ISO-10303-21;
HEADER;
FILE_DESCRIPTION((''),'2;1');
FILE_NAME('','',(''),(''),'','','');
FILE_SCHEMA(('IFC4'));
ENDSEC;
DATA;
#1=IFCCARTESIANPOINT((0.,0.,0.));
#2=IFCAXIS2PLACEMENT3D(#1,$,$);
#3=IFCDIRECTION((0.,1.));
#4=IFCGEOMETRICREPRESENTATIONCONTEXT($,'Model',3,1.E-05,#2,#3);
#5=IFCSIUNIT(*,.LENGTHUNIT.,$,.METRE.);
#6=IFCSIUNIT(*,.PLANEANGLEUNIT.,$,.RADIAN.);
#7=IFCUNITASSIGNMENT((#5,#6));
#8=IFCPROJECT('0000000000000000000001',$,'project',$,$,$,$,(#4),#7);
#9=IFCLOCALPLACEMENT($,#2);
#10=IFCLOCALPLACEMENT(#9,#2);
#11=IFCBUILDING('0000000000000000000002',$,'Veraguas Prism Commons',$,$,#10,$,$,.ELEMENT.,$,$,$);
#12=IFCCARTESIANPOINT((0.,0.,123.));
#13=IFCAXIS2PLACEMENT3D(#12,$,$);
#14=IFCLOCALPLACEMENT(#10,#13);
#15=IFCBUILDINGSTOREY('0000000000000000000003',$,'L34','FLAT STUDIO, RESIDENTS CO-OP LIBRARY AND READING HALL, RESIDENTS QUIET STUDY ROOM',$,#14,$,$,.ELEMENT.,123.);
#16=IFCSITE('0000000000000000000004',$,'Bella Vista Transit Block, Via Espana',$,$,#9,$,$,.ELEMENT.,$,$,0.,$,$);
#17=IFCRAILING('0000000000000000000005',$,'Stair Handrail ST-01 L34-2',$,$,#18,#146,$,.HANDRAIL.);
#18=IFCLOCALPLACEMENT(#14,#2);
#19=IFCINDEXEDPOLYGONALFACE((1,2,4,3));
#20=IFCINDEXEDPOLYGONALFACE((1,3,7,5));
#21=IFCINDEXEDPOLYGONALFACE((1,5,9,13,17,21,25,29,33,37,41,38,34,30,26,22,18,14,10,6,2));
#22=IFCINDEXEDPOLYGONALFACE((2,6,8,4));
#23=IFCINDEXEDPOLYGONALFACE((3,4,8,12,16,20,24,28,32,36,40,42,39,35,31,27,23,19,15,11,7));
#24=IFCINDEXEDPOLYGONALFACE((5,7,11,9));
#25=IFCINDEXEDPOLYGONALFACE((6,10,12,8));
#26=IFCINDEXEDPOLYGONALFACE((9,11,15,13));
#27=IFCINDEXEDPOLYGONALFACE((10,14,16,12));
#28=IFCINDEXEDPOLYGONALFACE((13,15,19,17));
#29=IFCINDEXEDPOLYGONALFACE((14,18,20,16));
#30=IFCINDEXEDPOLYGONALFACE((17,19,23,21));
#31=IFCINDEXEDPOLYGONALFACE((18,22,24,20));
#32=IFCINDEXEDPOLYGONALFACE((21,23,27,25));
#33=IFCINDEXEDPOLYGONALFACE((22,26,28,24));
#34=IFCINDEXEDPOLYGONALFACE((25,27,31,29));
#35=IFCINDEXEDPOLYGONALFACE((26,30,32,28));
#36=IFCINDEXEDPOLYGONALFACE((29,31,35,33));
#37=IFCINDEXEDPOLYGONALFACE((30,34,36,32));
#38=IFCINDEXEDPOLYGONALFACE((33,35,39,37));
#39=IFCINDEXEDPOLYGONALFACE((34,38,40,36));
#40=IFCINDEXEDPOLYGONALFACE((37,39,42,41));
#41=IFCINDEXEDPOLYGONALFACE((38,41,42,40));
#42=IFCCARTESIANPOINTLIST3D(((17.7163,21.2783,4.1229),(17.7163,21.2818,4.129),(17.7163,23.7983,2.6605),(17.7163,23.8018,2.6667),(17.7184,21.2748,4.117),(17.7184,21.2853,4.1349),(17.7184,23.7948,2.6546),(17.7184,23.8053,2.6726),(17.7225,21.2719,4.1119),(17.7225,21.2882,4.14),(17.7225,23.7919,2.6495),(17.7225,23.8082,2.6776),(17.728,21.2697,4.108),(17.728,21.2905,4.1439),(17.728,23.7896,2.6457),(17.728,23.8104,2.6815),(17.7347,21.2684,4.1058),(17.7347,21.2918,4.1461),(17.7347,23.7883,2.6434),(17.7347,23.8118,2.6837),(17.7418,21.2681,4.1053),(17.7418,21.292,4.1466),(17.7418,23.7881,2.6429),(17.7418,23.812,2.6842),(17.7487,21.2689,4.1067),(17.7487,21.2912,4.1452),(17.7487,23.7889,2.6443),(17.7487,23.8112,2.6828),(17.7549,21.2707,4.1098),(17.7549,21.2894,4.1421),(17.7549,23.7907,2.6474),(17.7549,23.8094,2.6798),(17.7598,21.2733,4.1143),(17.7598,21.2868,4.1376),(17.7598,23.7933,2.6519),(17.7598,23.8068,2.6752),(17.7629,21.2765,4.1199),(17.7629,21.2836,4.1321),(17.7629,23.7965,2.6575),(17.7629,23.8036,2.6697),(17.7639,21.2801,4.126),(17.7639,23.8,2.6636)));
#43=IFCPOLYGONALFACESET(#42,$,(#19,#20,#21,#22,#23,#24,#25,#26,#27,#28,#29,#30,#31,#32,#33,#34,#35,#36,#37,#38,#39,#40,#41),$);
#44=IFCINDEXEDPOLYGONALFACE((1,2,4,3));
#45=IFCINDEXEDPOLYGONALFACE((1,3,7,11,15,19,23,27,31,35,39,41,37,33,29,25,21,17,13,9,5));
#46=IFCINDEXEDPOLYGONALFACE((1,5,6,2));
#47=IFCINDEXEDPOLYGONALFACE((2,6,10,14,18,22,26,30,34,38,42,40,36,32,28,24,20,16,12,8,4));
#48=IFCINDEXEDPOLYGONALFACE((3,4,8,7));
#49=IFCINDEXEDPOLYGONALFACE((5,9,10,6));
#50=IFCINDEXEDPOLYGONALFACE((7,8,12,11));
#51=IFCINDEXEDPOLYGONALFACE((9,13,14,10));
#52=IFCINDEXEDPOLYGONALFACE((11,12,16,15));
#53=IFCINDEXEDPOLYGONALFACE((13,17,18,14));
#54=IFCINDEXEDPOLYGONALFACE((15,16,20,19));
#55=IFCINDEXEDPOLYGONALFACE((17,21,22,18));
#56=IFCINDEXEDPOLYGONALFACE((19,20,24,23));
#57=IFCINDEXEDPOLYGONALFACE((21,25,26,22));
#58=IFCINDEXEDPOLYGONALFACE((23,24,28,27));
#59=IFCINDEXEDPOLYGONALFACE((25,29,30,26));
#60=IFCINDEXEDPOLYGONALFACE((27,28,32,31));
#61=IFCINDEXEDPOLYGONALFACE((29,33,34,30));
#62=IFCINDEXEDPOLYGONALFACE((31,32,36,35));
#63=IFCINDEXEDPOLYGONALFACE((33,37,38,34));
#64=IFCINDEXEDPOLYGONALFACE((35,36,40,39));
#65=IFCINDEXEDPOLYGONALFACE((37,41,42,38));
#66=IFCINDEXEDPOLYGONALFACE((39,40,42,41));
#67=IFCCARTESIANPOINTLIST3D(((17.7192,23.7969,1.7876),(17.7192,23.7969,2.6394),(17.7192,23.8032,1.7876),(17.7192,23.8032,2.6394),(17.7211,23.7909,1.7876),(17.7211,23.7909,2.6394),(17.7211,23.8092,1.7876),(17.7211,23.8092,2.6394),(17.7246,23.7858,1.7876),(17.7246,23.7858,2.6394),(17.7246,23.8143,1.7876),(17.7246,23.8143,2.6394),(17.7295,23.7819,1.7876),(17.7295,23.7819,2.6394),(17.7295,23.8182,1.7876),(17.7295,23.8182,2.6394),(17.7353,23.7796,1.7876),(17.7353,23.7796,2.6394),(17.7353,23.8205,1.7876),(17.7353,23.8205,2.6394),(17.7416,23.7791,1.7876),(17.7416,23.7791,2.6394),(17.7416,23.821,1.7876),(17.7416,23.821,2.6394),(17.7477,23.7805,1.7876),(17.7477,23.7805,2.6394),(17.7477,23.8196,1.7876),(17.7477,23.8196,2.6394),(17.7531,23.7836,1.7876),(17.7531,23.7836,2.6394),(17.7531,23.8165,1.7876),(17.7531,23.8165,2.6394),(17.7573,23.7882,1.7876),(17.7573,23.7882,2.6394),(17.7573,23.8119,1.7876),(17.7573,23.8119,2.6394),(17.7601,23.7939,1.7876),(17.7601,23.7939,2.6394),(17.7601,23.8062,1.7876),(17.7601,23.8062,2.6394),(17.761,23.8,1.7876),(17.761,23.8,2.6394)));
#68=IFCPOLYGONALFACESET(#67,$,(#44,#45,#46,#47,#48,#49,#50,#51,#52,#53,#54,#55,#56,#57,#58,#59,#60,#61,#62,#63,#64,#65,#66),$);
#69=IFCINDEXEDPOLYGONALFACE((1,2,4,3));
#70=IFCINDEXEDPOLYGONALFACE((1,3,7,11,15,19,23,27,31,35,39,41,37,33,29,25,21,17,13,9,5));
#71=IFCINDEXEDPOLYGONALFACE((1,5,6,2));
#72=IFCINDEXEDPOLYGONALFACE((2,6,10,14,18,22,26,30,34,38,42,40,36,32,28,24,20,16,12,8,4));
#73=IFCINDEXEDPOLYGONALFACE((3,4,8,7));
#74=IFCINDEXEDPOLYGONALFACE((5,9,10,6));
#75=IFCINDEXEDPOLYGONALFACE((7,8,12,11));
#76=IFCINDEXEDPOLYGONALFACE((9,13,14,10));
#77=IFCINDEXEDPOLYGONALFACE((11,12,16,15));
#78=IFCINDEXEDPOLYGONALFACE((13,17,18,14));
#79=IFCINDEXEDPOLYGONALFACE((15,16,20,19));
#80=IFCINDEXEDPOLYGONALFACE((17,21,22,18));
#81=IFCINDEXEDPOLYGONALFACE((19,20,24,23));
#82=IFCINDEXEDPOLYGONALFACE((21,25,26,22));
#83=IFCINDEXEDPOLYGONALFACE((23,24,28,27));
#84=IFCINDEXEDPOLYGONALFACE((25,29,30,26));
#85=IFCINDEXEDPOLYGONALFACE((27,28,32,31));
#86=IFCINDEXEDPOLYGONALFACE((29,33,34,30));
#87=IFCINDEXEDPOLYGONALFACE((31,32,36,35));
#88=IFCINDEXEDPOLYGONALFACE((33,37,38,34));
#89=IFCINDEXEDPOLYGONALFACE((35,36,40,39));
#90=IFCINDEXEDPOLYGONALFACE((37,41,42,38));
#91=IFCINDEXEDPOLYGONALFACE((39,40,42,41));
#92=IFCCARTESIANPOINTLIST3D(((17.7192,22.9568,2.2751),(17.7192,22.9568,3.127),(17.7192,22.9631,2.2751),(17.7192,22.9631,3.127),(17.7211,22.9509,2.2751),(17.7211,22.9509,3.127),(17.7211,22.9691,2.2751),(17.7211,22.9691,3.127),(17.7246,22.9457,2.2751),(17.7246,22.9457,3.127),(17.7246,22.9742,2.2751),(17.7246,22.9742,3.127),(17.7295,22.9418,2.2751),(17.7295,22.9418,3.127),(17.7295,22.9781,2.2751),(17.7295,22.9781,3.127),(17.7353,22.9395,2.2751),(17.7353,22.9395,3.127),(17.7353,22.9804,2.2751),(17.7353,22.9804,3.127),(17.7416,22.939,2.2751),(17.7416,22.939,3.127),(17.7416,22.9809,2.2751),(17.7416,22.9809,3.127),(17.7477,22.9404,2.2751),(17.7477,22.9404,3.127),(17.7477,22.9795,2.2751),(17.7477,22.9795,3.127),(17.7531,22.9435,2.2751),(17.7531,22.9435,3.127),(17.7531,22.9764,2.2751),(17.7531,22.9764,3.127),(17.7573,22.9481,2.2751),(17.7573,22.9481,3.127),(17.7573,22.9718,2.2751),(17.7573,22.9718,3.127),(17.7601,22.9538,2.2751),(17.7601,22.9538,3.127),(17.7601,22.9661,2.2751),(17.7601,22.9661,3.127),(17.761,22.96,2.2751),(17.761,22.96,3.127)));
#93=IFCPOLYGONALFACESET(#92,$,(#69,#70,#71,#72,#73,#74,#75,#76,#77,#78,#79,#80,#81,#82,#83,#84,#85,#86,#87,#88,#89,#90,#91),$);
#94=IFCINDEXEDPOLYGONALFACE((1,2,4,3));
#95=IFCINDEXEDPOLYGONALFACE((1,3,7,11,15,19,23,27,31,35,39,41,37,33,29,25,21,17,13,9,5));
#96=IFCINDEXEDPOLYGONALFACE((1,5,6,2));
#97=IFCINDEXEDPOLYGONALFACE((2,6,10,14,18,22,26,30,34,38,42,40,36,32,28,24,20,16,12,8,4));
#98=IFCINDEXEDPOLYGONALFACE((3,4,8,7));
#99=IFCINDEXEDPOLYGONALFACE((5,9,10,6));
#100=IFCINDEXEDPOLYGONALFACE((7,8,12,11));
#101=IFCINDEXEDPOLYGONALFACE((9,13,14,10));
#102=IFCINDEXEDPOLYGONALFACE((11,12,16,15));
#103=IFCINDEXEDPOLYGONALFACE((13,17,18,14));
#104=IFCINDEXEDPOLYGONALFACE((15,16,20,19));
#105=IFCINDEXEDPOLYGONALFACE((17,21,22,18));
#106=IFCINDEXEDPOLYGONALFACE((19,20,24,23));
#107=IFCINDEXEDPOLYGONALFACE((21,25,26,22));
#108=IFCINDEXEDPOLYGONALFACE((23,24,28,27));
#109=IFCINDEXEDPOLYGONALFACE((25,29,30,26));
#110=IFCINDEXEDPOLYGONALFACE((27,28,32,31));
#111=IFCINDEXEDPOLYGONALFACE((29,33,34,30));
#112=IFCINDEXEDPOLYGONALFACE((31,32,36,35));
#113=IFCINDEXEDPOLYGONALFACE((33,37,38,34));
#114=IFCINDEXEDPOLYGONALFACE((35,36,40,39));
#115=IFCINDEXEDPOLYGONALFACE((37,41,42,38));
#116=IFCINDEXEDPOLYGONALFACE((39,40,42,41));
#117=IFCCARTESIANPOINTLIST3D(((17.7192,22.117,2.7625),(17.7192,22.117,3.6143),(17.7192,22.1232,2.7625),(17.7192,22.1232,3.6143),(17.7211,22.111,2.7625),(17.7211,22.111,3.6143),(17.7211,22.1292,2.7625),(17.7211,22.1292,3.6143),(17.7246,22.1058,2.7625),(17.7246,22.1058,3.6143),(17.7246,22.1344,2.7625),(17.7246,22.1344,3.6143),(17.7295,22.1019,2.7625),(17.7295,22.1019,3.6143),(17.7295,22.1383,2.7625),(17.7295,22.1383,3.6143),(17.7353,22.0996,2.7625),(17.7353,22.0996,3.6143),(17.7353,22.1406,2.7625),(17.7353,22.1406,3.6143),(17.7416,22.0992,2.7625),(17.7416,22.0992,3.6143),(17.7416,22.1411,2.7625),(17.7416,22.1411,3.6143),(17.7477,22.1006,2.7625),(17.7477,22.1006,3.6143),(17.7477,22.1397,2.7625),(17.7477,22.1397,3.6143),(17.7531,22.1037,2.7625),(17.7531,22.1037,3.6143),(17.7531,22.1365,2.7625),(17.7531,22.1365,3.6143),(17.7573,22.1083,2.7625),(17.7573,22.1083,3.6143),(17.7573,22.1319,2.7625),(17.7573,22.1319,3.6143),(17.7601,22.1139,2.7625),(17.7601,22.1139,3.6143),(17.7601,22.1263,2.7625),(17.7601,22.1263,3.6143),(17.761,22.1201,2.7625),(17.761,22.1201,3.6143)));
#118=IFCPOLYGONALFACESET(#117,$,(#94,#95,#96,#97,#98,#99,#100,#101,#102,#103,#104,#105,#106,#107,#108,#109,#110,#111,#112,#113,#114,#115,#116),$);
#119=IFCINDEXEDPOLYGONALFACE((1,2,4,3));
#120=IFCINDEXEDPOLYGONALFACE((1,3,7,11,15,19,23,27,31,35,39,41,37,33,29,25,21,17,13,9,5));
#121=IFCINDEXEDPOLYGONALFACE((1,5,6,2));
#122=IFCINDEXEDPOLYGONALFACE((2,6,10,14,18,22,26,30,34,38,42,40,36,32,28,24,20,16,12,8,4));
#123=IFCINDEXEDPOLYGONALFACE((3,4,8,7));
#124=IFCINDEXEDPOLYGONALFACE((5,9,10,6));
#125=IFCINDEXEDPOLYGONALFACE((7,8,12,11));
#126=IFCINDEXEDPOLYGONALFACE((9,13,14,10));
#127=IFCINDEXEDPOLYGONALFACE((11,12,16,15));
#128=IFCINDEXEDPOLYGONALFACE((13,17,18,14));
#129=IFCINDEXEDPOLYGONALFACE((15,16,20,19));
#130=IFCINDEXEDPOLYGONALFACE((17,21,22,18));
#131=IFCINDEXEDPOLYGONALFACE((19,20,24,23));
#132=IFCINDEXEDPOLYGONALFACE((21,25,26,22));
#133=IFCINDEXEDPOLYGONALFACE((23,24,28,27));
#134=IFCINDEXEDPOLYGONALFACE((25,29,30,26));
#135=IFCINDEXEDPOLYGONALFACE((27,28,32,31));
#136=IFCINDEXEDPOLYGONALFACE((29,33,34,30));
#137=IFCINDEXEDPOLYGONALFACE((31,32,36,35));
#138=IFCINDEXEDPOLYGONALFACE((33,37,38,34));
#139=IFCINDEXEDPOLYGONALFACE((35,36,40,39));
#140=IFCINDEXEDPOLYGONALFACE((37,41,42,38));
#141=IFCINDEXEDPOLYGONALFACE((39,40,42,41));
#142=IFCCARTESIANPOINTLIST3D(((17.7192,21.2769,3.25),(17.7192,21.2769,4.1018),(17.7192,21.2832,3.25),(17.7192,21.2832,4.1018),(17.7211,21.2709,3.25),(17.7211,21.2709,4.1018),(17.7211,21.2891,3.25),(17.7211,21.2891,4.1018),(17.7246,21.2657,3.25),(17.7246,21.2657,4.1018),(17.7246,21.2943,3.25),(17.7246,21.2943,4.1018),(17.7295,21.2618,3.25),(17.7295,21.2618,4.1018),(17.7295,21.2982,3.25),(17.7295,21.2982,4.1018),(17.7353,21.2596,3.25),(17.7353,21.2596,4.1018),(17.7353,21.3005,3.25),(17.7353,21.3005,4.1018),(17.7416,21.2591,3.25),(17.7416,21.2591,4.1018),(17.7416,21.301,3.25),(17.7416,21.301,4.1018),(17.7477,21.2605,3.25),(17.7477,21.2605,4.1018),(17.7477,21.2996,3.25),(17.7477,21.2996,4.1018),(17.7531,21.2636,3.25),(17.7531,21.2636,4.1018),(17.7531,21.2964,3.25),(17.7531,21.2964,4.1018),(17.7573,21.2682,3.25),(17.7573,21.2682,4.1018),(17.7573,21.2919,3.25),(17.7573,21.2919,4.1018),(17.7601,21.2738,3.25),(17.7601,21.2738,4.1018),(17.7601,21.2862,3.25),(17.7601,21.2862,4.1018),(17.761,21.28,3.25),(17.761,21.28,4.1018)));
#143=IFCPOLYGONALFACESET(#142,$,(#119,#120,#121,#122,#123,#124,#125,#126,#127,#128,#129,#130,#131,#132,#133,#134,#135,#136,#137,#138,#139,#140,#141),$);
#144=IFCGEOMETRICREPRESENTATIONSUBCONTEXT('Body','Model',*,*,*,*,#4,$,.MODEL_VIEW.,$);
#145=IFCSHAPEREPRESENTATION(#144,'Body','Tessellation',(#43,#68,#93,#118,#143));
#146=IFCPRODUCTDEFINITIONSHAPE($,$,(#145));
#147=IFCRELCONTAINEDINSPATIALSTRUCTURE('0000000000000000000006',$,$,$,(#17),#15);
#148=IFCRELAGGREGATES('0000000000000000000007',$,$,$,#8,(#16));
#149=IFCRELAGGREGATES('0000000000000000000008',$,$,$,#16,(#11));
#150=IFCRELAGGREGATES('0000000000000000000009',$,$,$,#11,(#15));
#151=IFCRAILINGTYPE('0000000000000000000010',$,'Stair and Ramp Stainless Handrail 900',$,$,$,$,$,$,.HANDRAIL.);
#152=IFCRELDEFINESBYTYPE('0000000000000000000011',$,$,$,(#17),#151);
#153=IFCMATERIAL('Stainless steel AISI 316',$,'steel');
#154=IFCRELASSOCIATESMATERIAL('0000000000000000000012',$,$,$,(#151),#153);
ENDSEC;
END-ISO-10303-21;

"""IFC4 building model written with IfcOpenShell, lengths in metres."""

from ifc_helpers import new_model, si_unit, direction, frame, origin, origin_2d, place, context, subcontext, project, spatial, circle, extrude, material, type_object, element, save


model = new_model("IFC4")

# Units and contexts
model_context = context("Model", 3, precision=1e-05, world=origin(), true_north=direction((0.0, 1.0)))
body_context = subcontext(model_context, "Body", "Model", "MODEL_VIEW")
ifc_project = project(units=[si_unit("LENGTHUNIT", "METRE"), si_unit("PLANEANGLEUNIT", "RADIAN")], contexts=[model_context])

# Site, building, storey
site_placement = place(None, origin())
site = spatial("IfcSite", under=ifc_project, at=site_placement, Name="Bella Vista Transit Block, Via Espana", CompositionType="ELEMENT", RefElevation=0.0)
building_placement = place(site_placement, origin())
building = spatial("IfcBuilding", under=site, at=building_placement, Name="Veraguas Prism Commons", CompositionType="ELEMENT")
storey_placement = place(building_placement, frame((0.0, 0.0, 123.0)))
storey = spatial("IfcBuildingStorey", under=building, at=storey_placement, Name="L34", Description="FLAT STUDIO, RESIDENTS CO-OP LIBRARY AND READING HALL, RESIDENTS QUIET STUDY ROOM", CompositionType="ELEMENT", Elevation=123.0)

# Railing
ifc_material_1 = material(Name="Stainless steel AISI 316", Category="steel")
railing_type_1 = type_object("IfcRailingType", Name="Stair and Ramp Stainless Handrail 900", PredefinedType="HANDRAIL", material=ifc_material_1)
railing_1_placement = place(storey_placement, frame((17.74, 23.8, 1.7876)))
element("IfcRailing", 1, at=railing_1_placement, inside=storey, type_object=railing_type_1, Name="Stair Handrail ST-01 L34-2", PredefinedType="HANDRAIL", context=body_context, shape_type="SweptSolid", body=[
    extrude(circle(Radius=0.0239, at=origin_2d()), frame((0.0, 0.0, 0.876), z_axis=(0.0, -0.864913, 0.501921), x_axis=(1.0, 0.0, 0.0)), (0.0, 0.0, 1.0), 2.9136),
    extrude(circle(Radius=0.021, at=origin_2d()), origin(), (0.0, 0.0, 1.0), 0.8518),
    extrude(circle(Radius=0.021, at=origin_2d()), frame((0.0, -0.8401, 0.4875)), (0.0, 0.0, 1.0), 0.8518),
    extrude(circle(Radius=0.021, at=origin_2d()), frame((0.0, -1.6799, 0.9749)), (0.0, 0.0, 1.0), 0.8518),
    extrude(circle(Radius=0.021, at=origin_2d()), frame((0.0, -2.52, 1.4624)), (0.0, 0.0, 1.0), 0.8518),
])

save(model, "model.ifc")
